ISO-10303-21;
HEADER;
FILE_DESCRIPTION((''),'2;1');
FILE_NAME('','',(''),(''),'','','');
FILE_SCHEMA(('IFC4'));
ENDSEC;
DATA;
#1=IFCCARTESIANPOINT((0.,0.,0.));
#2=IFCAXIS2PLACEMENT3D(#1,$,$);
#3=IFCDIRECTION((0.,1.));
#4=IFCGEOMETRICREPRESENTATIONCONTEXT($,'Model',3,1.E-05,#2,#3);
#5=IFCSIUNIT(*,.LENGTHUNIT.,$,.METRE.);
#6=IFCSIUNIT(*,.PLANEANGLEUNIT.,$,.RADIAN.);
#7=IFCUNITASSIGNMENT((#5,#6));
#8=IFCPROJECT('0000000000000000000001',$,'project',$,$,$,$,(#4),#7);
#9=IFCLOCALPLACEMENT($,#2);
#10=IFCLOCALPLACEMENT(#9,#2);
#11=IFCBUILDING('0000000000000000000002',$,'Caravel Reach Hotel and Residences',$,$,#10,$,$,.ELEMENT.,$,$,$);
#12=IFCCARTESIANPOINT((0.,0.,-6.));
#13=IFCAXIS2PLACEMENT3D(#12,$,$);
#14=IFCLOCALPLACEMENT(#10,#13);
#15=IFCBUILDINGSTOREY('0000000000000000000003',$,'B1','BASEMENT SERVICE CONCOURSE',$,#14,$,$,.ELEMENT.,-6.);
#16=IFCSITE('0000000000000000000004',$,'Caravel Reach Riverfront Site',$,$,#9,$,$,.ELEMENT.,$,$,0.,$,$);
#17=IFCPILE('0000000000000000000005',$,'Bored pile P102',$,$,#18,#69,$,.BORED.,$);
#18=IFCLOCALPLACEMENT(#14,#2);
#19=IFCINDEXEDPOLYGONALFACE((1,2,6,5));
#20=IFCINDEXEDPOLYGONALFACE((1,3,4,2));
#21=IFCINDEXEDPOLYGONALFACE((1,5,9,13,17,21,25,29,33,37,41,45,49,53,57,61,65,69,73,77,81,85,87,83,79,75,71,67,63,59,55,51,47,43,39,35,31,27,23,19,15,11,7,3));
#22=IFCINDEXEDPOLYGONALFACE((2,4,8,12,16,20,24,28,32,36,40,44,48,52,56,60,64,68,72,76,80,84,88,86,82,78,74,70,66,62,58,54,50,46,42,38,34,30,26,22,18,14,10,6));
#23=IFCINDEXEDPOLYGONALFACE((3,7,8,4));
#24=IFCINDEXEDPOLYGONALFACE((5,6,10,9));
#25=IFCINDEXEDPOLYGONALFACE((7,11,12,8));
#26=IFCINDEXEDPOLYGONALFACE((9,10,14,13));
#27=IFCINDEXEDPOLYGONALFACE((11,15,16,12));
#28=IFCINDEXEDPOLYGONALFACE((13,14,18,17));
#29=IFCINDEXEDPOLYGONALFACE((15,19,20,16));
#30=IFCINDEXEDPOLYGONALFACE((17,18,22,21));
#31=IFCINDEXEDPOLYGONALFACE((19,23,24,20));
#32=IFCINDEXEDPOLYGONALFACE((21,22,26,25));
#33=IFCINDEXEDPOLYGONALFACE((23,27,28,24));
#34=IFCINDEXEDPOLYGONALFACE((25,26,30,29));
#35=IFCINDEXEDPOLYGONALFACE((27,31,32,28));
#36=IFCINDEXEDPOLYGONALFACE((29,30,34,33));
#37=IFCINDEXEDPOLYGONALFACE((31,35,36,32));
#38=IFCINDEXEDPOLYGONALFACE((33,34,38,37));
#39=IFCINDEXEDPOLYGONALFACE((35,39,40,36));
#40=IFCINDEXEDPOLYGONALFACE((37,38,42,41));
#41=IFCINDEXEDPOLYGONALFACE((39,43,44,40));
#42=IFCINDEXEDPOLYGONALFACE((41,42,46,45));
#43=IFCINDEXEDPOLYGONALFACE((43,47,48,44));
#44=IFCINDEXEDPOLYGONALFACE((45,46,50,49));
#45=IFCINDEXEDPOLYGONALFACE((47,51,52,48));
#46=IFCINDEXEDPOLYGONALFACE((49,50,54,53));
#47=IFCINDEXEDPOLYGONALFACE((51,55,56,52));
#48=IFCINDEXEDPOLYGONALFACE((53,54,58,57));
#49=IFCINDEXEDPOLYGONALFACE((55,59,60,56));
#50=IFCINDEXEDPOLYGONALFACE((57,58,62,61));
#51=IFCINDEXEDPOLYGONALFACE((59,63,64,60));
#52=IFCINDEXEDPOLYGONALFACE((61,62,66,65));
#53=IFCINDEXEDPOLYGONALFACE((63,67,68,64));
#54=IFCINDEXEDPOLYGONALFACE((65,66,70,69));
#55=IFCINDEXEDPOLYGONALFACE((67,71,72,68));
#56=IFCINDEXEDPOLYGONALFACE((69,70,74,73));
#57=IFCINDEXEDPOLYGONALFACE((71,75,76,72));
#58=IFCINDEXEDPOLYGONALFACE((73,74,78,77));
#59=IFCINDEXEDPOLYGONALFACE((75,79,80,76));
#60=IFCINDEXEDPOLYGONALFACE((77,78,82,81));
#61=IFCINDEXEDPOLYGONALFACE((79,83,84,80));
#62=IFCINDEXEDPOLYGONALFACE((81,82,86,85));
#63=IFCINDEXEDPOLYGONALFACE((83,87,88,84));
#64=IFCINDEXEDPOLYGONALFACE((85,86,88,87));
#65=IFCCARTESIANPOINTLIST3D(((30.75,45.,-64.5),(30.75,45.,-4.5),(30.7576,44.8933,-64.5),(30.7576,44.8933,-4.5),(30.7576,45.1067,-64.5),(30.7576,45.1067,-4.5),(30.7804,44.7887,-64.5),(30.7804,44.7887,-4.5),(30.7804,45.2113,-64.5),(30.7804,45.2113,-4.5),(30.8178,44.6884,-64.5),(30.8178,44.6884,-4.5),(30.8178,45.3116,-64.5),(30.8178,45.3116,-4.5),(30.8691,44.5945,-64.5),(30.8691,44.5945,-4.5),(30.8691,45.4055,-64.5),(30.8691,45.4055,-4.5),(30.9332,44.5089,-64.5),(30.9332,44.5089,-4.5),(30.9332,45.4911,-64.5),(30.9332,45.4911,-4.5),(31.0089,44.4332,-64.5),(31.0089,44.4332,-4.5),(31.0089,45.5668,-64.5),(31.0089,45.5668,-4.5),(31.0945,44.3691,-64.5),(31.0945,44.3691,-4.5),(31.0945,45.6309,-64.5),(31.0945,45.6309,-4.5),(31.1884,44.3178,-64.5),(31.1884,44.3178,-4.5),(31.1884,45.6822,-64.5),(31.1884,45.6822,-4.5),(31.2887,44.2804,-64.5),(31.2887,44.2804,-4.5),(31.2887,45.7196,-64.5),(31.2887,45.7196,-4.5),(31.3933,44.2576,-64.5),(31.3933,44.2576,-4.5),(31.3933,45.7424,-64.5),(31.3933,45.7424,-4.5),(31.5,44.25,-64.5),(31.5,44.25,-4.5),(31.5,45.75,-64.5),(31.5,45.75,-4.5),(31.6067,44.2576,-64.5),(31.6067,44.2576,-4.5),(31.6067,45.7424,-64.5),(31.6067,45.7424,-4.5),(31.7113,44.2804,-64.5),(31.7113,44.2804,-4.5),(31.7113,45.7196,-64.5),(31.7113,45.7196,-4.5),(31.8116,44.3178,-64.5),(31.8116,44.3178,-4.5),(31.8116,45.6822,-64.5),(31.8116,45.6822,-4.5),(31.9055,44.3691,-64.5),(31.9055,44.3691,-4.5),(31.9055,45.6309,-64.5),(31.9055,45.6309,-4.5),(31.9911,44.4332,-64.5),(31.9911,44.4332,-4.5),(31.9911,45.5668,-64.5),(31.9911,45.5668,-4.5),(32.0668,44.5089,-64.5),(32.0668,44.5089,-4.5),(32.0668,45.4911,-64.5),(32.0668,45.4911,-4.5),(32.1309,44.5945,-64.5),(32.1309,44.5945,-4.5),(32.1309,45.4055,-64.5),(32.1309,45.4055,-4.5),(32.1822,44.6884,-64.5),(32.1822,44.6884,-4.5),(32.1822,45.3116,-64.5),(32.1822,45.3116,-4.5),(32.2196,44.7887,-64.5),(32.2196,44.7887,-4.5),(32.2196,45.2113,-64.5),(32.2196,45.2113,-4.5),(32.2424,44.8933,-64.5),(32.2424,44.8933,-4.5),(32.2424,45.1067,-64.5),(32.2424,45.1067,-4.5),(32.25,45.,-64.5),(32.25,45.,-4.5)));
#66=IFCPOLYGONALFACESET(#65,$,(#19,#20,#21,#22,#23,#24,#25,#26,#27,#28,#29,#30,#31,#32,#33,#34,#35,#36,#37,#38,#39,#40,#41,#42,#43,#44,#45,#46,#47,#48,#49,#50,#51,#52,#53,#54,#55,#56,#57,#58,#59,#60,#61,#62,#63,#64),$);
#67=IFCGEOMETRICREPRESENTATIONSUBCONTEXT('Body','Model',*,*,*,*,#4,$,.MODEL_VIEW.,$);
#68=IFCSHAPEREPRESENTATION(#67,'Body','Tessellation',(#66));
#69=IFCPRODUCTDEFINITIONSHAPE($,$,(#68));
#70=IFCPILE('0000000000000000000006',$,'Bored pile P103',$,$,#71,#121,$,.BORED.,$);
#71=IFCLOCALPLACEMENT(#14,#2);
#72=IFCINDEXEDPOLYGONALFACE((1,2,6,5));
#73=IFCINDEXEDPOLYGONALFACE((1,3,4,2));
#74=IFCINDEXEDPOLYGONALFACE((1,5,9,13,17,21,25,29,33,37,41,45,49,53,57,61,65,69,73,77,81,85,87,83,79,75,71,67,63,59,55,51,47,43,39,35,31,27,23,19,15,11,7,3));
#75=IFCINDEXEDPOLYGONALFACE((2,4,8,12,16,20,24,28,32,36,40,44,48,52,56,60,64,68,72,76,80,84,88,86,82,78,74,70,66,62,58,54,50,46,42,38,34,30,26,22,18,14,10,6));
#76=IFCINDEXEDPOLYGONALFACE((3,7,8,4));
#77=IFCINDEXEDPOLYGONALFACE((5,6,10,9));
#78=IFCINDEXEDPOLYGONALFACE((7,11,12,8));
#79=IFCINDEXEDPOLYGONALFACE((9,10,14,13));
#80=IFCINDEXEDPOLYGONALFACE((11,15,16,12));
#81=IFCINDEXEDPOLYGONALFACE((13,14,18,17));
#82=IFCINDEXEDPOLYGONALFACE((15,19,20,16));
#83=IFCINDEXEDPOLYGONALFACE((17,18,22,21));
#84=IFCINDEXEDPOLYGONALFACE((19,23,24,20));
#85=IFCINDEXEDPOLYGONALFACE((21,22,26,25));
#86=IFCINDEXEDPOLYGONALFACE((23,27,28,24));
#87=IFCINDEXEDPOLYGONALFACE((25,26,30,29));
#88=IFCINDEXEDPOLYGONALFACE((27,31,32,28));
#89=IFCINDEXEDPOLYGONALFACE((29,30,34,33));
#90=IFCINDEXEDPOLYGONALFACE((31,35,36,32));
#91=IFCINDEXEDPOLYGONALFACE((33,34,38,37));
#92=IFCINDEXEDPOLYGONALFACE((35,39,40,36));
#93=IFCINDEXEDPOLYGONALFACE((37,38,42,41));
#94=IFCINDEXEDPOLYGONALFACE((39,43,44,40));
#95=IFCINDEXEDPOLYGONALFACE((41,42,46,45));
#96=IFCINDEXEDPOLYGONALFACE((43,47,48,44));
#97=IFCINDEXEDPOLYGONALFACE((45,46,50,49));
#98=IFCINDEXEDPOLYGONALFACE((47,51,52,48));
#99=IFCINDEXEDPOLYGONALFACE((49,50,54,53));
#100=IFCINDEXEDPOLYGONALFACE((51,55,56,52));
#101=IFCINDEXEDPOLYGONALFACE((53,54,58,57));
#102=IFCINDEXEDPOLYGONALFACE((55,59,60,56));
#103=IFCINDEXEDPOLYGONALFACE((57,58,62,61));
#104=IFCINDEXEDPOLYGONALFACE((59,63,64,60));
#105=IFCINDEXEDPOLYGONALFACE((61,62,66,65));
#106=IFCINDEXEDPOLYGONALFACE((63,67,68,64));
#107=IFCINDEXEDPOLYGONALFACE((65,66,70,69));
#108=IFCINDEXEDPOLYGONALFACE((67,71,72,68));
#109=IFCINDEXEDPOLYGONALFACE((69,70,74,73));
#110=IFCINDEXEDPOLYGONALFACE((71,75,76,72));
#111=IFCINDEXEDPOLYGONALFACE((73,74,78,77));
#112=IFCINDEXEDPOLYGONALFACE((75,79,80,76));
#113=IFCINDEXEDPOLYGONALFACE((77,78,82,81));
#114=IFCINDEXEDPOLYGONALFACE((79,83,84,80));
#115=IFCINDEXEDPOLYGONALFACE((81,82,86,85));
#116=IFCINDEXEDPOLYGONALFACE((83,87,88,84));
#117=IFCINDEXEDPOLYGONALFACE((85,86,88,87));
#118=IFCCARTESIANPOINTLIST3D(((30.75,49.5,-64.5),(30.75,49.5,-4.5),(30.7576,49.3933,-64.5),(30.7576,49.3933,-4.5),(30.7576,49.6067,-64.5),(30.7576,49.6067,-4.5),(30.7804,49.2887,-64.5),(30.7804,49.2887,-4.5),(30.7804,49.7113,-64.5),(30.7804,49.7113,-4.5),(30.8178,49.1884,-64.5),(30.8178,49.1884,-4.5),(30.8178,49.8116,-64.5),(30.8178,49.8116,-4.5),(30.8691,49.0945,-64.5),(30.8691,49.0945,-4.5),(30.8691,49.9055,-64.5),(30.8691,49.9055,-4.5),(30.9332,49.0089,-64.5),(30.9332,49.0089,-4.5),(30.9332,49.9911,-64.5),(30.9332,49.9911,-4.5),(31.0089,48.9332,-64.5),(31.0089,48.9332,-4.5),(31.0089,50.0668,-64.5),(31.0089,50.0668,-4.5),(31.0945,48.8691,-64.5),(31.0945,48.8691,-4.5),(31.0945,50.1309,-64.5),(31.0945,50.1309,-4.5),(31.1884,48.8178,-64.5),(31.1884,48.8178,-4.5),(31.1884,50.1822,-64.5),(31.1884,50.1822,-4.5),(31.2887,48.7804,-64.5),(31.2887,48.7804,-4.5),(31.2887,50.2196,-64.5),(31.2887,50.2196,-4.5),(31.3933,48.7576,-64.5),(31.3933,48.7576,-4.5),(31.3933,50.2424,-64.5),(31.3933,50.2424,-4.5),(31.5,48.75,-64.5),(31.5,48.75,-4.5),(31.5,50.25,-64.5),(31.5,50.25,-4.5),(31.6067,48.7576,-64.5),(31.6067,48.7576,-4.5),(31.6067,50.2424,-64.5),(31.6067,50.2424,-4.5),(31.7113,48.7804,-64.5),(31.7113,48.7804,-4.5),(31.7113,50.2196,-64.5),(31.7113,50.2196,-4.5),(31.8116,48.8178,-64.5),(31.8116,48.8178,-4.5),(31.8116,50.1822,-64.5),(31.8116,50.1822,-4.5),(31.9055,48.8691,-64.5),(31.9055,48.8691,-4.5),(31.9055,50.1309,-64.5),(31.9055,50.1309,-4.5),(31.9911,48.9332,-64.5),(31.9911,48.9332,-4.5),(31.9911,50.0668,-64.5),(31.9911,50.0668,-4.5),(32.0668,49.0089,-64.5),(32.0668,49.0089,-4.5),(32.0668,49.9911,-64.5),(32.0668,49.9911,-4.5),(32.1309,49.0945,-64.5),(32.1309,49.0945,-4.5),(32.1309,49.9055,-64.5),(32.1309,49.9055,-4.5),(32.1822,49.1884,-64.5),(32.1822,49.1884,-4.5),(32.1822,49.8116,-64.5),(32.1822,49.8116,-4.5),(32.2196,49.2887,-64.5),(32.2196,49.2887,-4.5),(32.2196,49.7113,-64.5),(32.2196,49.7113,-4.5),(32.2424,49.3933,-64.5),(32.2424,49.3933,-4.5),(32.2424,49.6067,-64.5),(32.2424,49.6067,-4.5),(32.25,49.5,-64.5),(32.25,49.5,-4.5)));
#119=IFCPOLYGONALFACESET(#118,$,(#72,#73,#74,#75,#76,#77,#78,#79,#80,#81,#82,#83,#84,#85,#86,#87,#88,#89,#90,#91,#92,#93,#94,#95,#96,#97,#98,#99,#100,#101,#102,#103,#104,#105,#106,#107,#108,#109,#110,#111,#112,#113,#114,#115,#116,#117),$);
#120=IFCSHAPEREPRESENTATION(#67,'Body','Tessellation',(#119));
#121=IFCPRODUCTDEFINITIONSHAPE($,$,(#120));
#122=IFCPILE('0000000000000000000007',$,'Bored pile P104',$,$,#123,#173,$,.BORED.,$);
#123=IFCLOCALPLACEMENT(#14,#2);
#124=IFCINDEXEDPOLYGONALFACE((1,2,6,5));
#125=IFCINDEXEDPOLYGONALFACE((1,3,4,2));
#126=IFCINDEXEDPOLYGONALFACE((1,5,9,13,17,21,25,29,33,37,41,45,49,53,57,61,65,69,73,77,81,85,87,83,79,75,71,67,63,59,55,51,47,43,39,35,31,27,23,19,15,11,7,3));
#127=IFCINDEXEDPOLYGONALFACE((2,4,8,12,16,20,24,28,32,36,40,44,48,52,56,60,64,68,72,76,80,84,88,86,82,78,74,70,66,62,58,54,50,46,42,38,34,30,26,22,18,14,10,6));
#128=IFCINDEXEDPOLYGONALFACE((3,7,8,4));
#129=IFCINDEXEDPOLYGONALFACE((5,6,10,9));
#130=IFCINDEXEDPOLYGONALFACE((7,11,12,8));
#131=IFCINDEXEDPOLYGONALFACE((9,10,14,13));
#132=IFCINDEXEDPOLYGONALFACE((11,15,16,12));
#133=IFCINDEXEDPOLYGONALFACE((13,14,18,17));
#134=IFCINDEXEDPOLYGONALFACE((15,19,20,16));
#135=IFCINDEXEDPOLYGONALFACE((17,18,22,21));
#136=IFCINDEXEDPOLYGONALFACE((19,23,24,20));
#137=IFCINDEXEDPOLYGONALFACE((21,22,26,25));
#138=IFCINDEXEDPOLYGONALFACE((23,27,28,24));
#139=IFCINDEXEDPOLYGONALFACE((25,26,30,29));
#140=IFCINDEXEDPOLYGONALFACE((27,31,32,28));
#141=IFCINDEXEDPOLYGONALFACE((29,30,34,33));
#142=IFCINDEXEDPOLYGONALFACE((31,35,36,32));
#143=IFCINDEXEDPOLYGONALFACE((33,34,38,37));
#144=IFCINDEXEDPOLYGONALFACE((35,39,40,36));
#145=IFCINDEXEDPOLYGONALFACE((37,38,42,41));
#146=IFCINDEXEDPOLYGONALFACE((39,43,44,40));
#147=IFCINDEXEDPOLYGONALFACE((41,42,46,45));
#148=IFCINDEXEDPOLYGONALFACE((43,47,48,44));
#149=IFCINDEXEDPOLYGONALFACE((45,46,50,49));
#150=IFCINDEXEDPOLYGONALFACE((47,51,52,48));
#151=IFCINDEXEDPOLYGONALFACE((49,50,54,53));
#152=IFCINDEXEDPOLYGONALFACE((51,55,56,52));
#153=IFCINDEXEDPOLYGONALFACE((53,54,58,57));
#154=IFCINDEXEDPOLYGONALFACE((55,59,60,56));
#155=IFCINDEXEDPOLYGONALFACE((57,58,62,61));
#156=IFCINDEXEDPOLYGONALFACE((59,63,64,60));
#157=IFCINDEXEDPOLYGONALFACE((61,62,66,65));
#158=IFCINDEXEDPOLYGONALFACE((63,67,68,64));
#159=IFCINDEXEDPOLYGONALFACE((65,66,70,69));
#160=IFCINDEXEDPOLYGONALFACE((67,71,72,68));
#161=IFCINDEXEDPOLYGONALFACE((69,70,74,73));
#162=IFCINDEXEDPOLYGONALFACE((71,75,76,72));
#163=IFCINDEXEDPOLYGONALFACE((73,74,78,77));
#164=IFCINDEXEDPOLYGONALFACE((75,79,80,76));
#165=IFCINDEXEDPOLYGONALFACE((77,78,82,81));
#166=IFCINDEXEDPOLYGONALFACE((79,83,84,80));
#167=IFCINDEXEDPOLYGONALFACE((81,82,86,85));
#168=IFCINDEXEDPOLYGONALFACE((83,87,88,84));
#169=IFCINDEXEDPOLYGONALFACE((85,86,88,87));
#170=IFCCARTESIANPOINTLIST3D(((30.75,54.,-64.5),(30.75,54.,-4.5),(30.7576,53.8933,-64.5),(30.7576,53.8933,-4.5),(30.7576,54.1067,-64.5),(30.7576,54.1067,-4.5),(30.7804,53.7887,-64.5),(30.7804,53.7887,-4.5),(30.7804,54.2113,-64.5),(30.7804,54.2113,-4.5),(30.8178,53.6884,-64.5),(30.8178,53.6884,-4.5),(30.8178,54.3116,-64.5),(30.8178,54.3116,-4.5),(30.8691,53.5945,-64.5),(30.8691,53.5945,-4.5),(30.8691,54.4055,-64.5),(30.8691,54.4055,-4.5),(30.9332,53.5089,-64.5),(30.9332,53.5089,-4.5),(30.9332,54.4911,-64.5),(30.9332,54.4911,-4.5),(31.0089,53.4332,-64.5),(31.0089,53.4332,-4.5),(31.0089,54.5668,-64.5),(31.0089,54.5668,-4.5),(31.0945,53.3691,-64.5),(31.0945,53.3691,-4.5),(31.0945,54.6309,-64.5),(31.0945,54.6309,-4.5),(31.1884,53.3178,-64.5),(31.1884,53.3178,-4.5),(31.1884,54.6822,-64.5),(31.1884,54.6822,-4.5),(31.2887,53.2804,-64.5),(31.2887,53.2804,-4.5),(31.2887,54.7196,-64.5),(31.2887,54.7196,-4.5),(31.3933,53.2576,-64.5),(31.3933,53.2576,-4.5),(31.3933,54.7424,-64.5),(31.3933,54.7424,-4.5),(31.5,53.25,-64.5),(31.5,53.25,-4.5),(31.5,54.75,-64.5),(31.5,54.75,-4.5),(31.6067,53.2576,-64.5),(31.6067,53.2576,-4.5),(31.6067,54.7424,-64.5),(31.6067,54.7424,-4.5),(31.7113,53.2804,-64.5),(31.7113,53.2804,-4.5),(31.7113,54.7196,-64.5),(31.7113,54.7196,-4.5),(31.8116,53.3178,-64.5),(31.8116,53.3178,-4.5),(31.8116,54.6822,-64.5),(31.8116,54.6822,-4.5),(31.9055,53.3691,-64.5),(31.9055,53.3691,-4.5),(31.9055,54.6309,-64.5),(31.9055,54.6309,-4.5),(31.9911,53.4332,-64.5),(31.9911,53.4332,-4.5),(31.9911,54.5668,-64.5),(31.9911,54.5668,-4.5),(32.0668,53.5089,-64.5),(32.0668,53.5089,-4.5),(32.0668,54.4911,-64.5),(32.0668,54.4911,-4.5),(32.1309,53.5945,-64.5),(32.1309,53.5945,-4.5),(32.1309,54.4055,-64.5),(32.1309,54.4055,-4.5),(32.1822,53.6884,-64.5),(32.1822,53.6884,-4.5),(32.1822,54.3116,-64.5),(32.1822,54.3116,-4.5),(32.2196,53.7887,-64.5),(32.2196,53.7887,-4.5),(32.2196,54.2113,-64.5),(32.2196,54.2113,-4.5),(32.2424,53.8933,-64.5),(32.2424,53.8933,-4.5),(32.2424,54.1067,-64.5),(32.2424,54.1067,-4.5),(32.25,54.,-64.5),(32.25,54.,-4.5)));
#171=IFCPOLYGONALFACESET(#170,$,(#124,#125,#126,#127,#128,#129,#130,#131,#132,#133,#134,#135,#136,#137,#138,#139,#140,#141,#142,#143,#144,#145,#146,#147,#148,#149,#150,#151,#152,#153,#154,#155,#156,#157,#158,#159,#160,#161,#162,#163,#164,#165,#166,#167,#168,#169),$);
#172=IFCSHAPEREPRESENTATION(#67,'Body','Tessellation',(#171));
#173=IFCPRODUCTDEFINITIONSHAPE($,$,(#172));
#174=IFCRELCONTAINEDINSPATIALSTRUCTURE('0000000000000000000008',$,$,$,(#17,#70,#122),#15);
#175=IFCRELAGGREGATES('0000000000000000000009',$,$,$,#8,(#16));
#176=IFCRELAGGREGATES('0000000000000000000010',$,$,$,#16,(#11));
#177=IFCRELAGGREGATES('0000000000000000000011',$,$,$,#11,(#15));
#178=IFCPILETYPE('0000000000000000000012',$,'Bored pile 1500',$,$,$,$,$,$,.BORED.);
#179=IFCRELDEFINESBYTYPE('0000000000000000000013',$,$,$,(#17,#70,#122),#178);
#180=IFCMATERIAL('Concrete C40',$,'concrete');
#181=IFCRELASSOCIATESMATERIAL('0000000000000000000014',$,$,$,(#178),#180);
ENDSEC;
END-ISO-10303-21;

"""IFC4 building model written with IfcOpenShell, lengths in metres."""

from ifc_helpers import new_model, si_unit, direction, frame, origin, origin_2d, place, context, subcontext, project, spatial, circle, extrude, material, material_profile, profile_set, type_object, element, save


model = new_model("IFC4")

# Units and contexts
model_context = context("Model", 3, precision=1e-05, world=origin(), true_north=direction((0.0, 1.0)))
body_context = subcontext(model_context, "Body", "Model", "MODEL_VIEW")
ifc_project = project(units=[si_unit("LENGTHUNIT", "METRE"), si_unit("PLANEANGLEUNIT", "RADIAN")], contexts=[model_context])

# Site, building, storey
site_placement = place(None, origin())
site = spatial("IfcSite", under=ifc_project, at=site_placement, Name="Caravel Reach Riverfront Site", CompositionType="ELEMENT", RefElevation=0.0)
building_placement = place(site_placement, origin())
building = spatial("IfcBuilding", under=site, at=building_placement, Name="Caravel Reach Hotel and Residences", CompositionType="ELEMENT")
storey_placement = place(building_placement, frame((0.0, 0.0, -6.0)))
storey = spatial("IfcBuildingStorey", under=building, at=storey_placement, Name="B1", Description="BASEMENT SERVICE CONCOURSE", CompositionType="ELEMENT", Elevation=-6.0)

# Piles
ifc_material_1 = material(Name="Concrete C40", Category="concrete")
ifc_material_profile_1 = material_profile(ifc_material_1, circle(Radius=0.75, at=origin_2d()), Name="PILE 1500")
ifc_profile_set_1 = profile_set([ifc_material_profile_1], Name="Concrete C40")
pile_type = type_object("IfcPileType", Name="Bored pile 1500", PredefinedType="BORED", material=ifc_profile_set_1)
for number, where, z_axis, x_axis, name in (
    (1, (31.5, 45.0, -4.5), (0.0, 0.0, -1.0), (1.0, 0.0, 0.0), "Bored pile P102"),
    (2, (31.5, 49.5, -4.5), (0.0, 0.0, -1.0), (1.0, 0.0, 0.0), "Bored pile P103"),
    (3, (31.5, 54.0, -4.5), (0.0, 0.0, -1.0), (1.0, 0.0, 0.0), "Bored pile P104"),
):
    element("IfcPile", number, at=place(storey_placement, frame(where, z_axis=z_axis, x_axis=x_axis)), inside=storey, type_object=pile_type, Name=name, PredefinedType="BORED", context=body_context, shape_type="SweptSolid", body=[
        extrude(circle(Radius=0.75, at=origin_2d()), origin(), (0.0, 0.0, 1.0), 60.0),
    ])

save(model, "model.ifc")
